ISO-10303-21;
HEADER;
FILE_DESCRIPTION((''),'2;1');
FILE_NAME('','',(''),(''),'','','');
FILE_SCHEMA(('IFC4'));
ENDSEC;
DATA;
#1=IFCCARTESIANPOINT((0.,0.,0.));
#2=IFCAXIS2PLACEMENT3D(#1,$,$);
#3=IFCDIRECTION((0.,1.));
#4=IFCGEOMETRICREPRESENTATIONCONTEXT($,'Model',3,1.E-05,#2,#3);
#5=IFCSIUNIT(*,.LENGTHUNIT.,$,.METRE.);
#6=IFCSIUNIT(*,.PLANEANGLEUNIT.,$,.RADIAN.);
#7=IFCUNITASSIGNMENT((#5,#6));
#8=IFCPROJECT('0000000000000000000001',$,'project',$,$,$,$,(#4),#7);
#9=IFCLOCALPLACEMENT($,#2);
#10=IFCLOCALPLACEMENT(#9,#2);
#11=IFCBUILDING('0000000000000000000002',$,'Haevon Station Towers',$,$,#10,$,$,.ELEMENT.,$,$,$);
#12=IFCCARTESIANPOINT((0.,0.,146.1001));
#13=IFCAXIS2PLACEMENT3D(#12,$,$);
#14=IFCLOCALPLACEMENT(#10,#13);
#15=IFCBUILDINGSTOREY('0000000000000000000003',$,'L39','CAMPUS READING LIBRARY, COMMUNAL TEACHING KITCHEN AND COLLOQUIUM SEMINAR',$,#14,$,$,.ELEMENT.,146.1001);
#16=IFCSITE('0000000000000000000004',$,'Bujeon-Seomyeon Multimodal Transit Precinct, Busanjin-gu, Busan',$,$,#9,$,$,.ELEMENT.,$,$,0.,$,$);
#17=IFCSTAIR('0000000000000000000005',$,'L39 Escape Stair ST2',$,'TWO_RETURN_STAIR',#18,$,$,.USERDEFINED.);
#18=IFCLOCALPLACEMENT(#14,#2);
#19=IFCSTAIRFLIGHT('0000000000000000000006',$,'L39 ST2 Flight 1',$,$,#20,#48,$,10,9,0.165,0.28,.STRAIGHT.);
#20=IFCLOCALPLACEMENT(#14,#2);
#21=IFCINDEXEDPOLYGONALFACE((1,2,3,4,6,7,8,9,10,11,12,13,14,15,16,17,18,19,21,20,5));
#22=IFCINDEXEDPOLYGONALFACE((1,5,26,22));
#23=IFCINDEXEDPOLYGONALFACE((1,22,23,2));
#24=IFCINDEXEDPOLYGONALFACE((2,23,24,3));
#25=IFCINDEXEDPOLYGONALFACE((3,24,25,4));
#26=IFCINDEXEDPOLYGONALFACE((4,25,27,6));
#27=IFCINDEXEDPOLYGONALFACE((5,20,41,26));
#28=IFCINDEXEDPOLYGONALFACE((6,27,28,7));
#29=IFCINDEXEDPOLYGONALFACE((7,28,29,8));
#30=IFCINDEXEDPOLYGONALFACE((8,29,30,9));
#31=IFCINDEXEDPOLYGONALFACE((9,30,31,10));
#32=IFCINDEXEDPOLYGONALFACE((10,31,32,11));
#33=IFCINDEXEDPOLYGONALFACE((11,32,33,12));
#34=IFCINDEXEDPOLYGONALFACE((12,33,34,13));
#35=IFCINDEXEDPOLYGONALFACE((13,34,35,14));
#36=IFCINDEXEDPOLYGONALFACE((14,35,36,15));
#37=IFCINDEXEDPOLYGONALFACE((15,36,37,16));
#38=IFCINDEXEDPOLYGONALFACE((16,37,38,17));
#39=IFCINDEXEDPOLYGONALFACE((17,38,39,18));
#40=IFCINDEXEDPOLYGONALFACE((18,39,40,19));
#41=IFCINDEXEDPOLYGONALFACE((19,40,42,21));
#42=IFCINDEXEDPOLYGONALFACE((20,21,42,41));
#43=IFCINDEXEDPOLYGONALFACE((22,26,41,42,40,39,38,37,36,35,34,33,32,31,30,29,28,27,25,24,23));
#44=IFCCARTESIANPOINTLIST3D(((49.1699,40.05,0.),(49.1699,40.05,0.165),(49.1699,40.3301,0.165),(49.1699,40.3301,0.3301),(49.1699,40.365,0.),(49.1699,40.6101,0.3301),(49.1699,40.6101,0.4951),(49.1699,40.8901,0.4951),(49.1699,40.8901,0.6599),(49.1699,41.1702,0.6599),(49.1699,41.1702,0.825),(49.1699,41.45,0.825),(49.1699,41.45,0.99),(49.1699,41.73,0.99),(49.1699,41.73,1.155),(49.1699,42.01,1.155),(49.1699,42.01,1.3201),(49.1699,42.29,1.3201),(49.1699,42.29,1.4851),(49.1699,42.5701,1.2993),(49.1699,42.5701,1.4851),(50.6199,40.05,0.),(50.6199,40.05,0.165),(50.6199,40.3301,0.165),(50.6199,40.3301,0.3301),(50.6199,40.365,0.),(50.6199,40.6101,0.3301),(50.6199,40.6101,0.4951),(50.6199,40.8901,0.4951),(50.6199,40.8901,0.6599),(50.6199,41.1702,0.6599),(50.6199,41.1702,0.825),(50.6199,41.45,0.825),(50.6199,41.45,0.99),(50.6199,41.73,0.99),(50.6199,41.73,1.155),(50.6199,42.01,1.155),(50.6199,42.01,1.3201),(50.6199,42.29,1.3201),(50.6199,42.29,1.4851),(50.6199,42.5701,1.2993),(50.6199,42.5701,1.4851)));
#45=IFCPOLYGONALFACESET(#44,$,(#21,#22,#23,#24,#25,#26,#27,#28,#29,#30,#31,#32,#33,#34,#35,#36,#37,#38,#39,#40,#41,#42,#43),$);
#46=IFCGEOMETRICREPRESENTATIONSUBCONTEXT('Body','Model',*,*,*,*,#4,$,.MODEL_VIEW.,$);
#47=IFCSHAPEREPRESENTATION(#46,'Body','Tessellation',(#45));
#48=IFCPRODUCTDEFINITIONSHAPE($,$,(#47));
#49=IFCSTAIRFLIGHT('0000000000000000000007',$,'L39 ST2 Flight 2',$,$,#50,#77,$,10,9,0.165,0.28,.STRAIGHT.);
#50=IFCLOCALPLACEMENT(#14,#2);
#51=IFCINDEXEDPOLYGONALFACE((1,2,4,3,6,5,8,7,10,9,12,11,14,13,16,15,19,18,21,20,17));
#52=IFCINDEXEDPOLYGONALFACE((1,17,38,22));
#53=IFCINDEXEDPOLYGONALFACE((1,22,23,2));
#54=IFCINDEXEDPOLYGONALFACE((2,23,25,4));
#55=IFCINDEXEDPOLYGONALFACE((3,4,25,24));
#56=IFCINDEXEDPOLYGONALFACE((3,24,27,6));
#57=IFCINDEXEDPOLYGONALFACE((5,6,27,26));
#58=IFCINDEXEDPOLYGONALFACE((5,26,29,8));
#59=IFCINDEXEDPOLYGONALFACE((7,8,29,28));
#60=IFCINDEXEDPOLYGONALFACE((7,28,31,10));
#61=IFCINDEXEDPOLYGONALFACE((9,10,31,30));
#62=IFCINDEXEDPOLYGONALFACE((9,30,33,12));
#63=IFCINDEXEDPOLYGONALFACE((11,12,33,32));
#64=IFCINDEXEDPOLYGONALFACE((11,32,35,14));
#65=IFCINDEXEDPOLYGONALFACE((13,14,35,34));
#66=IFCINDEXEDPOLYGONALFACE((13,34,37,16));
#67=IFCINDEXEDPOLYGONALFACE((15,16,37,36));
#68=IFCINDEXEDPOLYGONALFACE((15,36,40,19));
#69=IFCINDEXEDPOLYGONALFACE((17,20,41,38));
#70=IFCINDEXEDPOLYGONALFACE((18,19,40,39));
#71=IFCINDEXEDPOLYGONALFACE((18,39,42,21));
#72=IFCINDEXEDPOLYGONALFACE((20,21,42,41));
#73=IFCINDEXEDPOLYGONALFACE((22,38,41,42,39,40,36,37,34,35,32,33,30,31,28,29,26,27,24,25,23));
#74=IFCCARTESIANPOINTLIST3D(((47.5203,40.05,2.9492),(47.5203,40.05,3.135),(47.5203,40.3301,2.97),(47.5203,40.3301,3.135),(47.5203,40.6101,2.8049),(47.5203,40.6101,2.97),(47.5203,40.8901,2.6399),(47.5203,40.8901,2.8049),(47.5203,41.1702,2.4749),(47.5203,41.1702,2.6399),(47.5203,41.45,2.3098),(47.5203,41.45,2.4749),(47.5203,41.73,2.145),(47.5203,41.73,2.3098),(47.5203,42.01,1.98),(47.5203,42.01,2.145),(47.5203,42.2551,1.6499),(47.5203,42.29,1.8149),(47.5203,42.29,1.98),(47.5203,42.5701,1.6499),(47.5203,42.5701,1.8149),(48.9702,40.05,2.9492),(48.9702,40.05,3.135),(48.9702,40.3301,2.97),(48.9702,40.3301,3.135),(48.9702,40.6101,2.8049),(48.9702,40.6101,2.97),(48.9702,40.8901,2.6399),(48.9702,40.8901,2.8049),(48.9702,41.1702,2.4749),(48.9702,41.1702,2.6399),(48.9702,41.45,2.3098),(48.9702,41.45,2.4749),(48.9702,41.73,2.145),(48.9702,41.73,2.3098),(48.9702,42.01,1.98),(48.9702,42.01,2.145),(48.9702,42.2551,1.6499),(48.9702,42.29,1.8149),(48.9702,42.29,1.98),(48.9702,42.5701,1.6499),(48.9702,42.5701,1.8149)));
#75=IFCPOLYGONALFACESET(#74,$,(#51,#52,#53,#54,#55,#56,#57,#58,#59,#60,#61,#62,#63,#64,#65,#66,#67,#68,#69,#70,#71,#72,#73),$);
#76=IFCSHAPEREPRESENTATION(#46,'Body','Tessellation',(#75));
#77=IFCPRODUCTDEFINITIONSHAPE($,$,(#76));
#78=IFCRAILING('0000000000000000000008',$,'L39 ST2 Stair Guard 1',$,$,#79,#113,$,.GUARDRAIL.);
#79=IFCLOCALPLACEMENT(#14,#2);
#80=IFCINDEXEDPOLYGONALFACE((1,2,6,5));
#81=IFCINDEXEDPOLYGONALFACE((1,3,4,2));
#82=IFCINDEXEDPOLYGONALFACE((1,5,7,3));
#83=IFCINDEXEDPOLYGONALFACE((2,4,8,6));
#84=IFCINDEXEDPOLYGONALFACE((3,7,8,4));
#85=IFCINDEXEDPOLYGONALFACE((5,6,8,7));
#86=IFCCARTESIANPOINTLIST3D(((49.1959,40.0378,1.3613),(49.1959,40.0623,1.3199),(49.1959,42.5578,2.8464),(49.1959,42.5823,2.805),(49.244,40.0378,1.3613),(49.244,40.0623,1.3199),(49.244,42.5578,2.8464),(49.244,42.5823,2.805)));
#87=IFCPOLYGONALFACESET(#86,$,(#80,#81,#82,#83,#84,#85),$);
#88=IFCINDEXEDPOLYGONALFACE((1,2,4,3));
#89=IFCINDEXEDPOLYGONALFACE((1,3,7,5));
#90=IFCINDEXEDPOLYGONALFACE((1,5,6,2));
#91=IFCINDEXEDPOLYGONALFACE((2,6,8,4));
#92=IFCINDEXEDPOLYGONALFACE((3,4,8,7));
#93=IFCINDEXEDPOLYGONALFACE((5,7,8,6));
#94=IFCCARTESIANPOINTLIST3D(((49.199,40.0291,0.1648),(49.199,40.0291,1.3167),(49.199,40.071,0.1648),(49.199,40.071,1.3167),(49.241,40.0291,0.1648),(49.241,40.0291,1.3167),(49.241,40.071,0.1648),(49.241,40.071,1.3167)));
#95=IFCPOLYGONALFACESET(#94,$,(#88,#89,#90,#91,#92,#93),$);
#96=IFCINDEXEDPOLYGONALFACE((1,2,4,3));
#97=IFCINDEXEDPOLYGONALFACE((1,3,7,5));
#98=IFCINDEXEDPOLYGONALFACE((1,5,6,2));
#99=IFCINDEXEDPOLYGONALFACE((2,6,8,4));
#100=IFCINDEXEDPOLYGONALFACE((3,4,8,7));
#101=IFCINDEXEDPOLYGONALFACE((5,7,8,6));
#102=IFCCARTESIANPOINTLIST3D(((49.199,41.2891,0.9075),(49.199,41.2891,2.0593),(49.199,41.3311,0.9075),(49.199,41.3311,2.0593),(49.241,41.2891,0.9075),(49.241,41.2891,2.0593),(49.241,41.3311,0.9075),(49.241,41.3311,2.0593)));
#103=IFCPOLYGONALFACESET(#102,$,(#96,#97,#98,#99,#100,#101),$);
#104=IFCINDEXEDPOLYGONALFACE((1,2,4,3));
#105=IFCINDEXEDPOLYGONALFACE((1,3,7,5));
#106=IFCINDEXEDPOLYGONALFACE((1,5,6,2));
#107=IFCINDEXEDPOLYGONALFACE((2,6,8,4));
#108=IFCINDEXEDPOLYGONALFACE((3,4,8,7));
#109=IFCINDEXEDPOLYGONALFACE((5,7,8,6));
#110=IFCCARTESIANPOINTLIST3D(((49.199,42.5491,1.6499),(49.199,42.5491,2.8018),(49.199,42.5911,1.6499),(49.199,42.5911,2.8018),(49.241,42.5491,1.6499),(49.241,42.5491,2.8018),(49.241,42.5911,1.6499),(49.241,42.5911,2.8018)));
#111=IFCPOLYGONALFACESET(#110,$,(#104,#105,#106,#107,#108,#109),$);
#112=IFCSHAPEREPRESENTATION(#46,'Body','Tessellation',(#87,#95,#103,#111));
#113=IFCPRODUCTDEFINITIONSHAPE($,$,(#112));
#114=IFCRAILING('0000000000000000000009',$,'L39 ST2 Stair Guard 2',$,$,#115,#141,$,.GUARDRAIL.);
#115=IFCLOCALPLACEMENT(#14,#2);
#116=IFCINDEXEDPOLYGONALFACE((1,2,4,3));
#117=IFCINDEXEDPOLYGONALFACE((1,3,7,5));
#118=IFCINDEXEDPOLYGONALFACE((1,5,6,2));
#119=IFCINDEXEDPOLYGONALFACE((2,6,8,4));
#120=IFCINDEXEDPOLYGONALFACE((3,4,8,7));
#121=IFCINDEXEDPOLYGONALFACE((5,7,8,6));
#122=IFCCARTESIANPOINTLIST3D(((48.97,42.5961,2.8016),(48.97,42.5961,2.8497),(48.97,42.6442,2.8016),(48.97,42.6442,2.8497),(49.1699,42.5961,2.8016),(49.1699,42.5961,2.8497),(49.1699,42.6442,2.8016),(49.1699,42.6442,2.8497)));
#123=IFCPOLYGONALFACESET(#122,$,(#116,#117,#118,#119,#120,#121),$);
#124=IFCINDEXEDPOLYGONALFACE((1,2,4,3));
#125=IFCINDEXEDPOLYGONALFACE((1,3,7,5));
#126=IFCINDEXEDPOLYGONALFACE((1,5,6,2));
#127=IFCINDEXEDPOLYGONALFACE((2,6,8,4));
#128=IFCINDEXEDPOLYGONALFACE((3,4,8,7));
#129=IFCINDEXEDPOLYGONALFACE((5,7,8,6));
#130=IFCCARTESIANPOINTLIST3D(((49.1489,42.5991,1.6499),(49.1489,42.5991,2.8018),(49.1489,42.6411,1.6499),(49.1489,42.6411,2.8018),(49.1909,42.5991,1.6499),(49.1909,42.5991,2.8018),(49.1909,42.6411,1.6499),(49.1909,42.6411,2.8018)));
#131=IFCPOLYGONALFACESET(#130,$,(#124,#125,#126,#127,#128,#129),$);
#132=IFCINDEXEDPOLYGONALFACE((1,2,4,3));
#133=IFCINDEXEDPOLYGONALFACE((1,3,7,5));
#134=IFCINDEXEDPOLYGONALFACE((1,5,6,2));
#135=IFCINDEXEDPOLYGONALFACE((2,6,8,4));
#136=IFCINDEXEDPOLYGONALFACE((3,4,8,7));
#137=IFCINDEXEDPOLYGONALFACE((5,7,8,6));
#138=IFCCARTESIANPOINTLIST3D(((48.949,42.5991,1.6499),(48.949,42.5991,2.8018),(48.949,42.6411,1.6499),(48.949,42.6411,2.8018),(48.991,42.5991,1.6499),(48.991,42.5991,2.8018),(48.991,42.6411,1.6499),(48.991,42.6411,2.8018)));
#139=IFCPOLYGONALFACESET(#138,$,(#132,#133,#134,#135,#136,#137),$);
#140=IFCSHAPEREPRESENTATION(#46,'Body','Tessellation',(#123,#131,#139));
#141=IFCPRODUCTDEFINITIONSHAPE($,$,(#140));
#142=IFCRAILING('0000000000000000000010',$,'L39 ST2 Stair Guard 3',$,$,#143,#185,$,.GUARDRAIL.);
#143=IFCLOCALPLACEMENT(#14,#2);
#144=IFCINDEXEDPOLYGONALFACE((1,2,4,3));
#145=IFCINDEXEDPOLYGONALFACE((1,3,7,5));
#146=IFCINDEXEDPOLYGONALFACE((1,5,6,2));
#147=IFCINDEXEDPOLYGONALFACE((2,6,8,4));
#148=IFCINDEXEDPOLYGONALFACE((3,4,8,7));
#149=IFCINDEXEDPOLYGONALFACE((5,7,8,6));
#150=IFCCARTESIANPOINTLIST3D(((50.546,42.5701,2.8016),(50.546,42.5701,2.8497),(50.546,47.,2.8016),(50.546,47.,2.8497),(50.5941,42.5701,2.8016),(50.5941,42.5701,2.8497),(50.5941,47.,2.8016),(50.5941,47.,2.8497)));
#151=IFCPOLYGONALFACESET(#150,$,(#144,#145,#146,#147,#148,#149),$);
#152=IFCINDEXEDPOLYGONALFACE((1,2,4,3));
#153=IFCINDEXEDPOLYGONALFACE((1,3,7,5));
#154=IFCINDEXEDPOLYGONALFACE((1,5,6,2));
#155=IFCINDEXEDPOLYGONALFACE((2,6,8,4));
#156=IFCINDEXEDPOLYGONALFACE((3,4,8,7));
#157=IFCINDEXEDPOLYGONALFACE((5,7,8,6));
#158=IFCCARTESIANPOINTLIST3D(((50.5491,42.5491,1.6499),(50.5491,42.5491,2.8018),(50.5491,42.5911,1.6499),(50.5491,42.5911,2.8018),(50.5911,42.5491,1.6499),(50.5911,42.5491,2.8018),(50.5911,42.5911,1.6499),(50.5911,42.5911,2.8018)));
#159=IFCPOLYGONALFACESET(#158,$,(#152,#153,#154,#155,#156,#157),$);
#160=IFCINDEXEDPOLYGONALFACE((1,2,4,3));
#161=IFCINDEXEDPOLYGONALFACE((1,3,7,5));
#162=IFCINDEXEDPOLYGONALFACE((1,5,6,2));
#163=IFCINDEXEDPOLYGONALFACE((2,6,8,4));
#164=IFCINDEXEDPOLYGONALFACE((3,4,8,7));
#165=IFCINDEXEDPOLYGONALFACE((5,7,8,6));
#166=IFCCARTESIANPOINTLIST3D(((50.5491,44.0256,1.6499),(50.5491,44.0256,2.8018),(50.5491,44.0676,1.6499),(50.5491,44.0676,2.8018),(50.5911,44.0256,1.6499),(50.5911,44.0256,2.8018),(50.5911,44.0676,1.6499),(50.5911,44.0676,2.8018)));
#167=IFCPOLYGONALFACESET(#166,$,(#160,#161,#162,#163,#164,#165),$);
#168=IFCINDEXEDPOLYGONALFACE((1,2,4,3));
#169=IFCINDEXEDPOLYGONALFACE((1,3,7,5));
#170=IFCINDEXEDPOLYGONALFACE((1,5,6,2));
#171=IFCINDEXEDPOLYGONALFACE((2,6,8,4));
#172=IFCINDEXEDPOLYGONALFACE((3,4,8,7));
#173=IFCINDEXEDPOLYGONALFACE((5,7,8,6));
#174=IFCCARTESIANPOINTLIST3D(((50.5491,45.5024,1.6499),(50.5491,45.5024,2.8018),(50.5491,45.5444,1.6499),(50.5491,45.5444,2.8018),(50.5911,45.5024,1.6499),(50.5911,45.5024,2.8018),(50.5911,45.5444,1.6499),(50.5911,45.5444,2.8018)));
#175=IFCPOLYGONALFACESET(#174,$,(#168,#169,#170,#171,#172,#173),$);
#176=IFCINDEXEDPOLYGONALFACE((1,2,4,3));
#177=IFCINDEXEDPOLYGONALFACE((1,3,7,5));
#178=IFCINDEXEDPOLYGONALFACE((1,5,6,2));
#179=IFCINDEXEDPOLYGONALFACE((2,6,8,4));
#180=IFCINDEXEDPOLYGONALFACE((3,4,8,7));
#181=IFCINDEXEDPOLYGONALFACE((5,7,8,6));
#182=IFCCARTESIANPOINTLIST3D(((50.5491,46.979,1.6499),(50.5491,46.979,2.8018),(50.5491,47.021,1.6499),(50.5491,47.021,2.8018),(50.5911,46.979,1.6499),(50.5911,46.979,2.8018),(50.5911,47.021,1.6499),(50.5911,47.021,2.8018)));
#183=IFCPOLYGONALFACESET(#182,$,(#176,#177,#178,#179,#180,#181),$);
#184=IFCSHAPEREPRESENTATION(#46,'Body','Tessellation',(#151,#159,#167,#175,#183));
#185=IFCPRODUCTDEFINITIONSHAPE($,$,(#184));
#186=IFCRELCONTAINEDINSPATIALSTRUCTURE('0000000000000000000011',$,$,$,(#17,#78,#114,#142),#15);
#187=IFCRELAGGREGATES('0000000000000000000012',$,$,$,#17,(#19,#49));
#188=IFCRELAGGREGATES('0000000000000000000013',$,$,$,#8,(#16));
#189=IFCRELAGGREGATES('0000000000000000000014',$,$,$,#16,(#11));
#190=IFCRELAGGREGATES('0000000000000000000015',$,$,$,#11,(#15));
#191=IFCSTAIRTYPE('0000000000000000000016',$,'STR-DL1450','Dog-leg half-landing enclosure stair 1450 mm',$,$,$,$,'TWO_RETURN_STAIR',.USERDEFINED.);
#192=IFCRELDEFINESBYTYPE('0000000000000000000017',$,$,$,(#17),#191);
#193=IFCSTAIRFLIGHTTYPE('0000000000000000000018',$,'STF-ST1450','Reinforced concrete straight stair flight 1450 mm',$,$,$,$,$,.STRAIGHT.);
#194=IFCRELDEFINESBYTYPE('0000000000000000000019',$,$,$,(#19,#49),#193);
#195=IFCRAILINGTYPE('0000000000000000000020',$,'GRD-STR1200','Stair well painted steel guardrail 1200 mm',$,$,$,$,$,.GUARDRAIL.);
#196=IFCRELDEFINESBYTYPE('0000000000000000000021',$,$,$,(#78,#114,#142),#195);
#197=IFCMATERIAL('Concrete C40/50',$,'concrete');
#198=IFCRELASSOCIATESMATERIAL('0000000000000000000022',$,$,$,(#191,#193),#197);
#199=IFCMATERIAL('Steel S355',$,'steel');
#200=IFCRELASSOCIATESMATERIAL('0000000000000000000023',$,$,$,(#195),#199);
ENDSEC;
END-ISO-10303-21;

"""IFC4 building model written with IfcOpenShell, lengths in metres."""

from ifc_helpers import new_model, si_unit, direction, frame, origin, origin_2d, place, context, subcontext, project, spatial, polyline, rectangle, outline, extrude, material, type_object, element, aggregate, save


model = new_model("IFC4")

# Units and contexts
model_context = context("Model", 3, precision=1e-05, world=origin(), true_north=direction((0.0, 1.0)))
body_context = subcontext(model_context, "Body", "Model", "MODEL_VIEW")
ifc_project = project(units=[si_unit("LENGTHUNIT", "METRE"), si_unit("PLANEANGLEUNIT", "RADIAN")], contexts=[model_context])

# Site, building, storey
site_placement = place(None, origin())
site = spatial("IfcSite", under=ifc_project, at=site_placement, Name="Bujeon-Seomyeon Multimodal Transit Precinct, Busanjin-gu, Busan", CompositionType="ELEMENT", RefElevation=0.0)
building_placement = place(site_placement, origin())
building = spatial("IfcBuilding", under=site, at=building_placement, Name="Haevon Station Towers", CompositionType="ELEMENT")
storey_placement = place(building_placement, frame((0.0, 0.0, 146.1001)))
storey = spatial("IfcBuildingStorey", under=building, at=storey_placement, Name="L39", Description="CAMPUS READING LIBRARY, COMMUNAL TEACHING KITCHEN AND COLLOQUIUM SEMINAR", CompositionType="ELEMENT", Elevation=146.1001)

# Shared definitions
ifc_material_1 = material(Name="Steel S355", Category="steel")

# Shared definitions
ifc_material_2 = material(Name="Concrete C40/50", Category="concrete")

# Stair, stair flights
stair_type = type_object("IfcStairType", Name="STR-DL1450", Description="Dog-leg half-landing enclosure stair 1450 mm", ElementType="TWO_RETURN_STAIR", PredefinedType="USERDEFINED", material=ifc_material_2)
stair_placement = place(storey_placement, origin())
stair = element("IfcStair", 1, at=stair_placement, inside=storey, type_object=stair_type, Name="L39 Escape Stair ST2", ObjectType="TWO_RETURN_STAIR", PredefinedType="USERDEFINED")
stair_flight_type = type_object("IfcStairFlightType", Name="STF-ST1450", Description="Reinforced concrete straight stair flight 1450 mm", PredefinedType="STRAIGHT", material=ifc_material_2)
stair_flight_1_placement = place(storey_placement, frame((49.895, 40.05, 0.0), z_axis=(0.0, 0.0, 1.0), x_axis=(0.0, 1.0, 0.0)))
stair_flight_1 = element("IfcStairFlight", 2, at=stair_flight_1_placement, type_object=stair_flight_type, Name="L39 ST2 Flight 1", NumberOfRisers=10, NumberOfTreads=9, PredefinedType="STRAIGHT", RiserHeight=0.165, TreadLength=0.28, context=body_context, shape_type="SweptSolid", body=[
    extrude(outline(polyline([(0.0, 0.0), (0.0, 0.165), (0.28, 0.165), (0.28, 0.3301), (0.5601, 0.3301), (0.5601, 0.4951), (0.8401, 0.4951), (0.8401, 0.6599), (1.1201, 0.6599), (1.1201, 0.825), (1.3999, 0.825), (1.3999, 0.99), (1.6799, 0.99), (1.6799, 1.155), (1.96, 1.155), (1.96, 1.3201), (2.24, 1.3201), (2.24, 1.4851), (2.52, 1.4851), (2.52, 1.6499), (2.52, 1.2993), (0.3149, 0.0), (0.0, 0.0)])), frame((0.0, 0.7251, 0.0), z_axis=(0.0, -1.0, 0.0), x_axis=(1.0, 0.0, 0.0)), (0.0, 0.0, 1.0), 1.45),
])
stair_flight_2_placement = place(storey_placement, frame((48.2451, 42.5701, 1.6499), z_axis=(0.0, 0.0, 1.0), x_axis=(0.0, -1.0, 0.0)))
stair_flight_2 = element("IfcStairFlight", 3, at=stair_flight_2_placement, type_object=stair_flight_type, Name="L39 ST2 Flight 2", NumberOfRisers=10, NumberOfTreads=9, PredefinedType="STRAIGHT", RiserHeight=0.165, TreadLength=0.28, context=body_context, shape_type="SweptSolid", body=[
    extrude(outline(polyline([(0.0, 0.0), (0.0, 0.165), (0.28, 0.165), (0.28, 0.3301), (0.5601, 0.3301), (0.5601, 0.4951), (0.8401, 0.4951), (0.8401, 0.6599), (1.1201, 0.6599), (1.1201, 0.825), (1.3999, 0.825), (1.3999, 0.99), (1.6799, 0.99), (1.6799, 1.155), (1.96, 1.155), (1.96, 1.3201), (2.24, 1.3201), (2.24, 1.4851), (2.52, 1.4851), (2.52, 1.6499), (2.52, 1.2993), (0.3149, 0.0), (0.0, 0.0)])), frame((0.0, 0.7251, 0.0), z_axis=(0.0, -1.0, 0.0), x_axis=(1.0, 0.0, 0.0)), (0.0, 0.0, 1.0), 1.45),
])
aggregate(stair, [stair_flight_1, stair_flight_2])

# Railings
railing_type_1 = type_object("IfcRailingType", Name="GRD-STR1200", Description="Stair well painted steel guardrail 1200 mm", PredefinedType="GUARDRAIL", material=ifc_material_1)
railing_1_placement = place(storey_placement, frame((49.22, 40.05, 0.1648)))
element("IfcRailing", 4, at=railing_1_placement, inside=storey, type_object=railing_type_1, Name="L39 ST2 Stair Guard 1", PredefinedType="GUARDRAIL", context=body_context, shape_type="SweptSolid", body=[
    extrude(rectangle(XDim=0.0481, YDim=0.0481, at=origin_2d()), frame((0.0, 0.0, 1.1758), z_axis=(0.0, 0.861524, 0.507717), x_axis=(-1.0, 0.0, 0.0)), (0.0, 0.0, 1.0), 2.925),
    extrude(rectangle(XDim=0.042, YDim=0.042, at=origin_2d()), origin(), (0.0, 0.0, 1.0), 1.1519),
    extrude(rectangle(XDim=0.042, YDim=0.042, at=origin_2d()), frame((0.0, 1.26, 0.7427)), (0.0, 0.0, 1.0), 1.1519),
    extrude(rectangle(XDim=0.042, YDim=0.042, at=origin_2d()), frame((0.0, 2.52, 1.4851)), (0.0, 0.0, 1.0), 1.1519),
])
railing_2_placement = place(storey_placement, frame((49.1699, 42.6201, 1.6499)))
element("IfcRailing", 5, at=railing_2_placement, inside=storey, type_object=railing_type_1, Name="L39 ST2 Stair Guard 2", PredefinedType="GUARDRAIL", context=body_context, shape_type="SweptSolid", body=[
    extrude(rectangle(XDim=0.0481, YDim=0.0481, at=origin_2d()), frame((0.0, 0.0, 1.1758), z_axis=(-1.0, 0.0, 0.0), x_axis=(0.0, -1.0, 0.0)), (0.0, 0.0, 1.0), 0.2),
    extrude(rectangle(XDim=0.042, YDim=0.042, at=origin_2d()), origin(), (0.0, 0.0, 1.0), 1.1519),
    extrude(rectangle(XDim=0.042, YDim=0.042, at=origin_2d()), frame((-0.2, 0.0, 0.0)), (0.0, 0.0, 1.0), 1.1519),
])
for number, where, name in (
    (6, (50.5701, 42.5701, 1.6499), "L39 ST2 Stair Guard 3"),
):
    element("IfcRailing", number, at=place(storey_placement, frame(where)), inside=storey, type_object=railing_type_1, Name=name, PredefinedType="GUARDRAIL", context=body_context, shape_type="SweptSolid", body=[
        extrude(rectangle(XDim=0.0481, YDim=0.0481, at=origin_2d()), frame((0.0, 0.0, 1.1758), z_axis=(0.0, 1.0, 0.0), x_axis=(-1.0, 0.0, 0.0)), (0.0, 0.0, 1.0), 4.4299),
        extrude(rectangle(XDim=0.042, YDim=0.042, at=origin_2d()), origin(), (0.0, 0.0, 1.0), 1.1519),
        extrude(rectangle(XDim=0.042, YDim=0.042, at=origin_2d()), frame((0.0, 1.4766, 0.0)), (0.0, 0.0, 1.0), 1.1519),
        extrude(rectangle(XDim=0.042, YDim=0.042, at=origin_2d()), frame((0.0, 2.9534, 0.0)), (0.0, 0.0, 1.0), 1.1519),
        extrude(rectangle(XDim=0.042, YDim=0.042, at=origin_2d()), frame((0.0, 4.4299, 0.0)), (0.0, 0.0, 1.0), 1.1519),
    ])

save(model, "model.ifc")
